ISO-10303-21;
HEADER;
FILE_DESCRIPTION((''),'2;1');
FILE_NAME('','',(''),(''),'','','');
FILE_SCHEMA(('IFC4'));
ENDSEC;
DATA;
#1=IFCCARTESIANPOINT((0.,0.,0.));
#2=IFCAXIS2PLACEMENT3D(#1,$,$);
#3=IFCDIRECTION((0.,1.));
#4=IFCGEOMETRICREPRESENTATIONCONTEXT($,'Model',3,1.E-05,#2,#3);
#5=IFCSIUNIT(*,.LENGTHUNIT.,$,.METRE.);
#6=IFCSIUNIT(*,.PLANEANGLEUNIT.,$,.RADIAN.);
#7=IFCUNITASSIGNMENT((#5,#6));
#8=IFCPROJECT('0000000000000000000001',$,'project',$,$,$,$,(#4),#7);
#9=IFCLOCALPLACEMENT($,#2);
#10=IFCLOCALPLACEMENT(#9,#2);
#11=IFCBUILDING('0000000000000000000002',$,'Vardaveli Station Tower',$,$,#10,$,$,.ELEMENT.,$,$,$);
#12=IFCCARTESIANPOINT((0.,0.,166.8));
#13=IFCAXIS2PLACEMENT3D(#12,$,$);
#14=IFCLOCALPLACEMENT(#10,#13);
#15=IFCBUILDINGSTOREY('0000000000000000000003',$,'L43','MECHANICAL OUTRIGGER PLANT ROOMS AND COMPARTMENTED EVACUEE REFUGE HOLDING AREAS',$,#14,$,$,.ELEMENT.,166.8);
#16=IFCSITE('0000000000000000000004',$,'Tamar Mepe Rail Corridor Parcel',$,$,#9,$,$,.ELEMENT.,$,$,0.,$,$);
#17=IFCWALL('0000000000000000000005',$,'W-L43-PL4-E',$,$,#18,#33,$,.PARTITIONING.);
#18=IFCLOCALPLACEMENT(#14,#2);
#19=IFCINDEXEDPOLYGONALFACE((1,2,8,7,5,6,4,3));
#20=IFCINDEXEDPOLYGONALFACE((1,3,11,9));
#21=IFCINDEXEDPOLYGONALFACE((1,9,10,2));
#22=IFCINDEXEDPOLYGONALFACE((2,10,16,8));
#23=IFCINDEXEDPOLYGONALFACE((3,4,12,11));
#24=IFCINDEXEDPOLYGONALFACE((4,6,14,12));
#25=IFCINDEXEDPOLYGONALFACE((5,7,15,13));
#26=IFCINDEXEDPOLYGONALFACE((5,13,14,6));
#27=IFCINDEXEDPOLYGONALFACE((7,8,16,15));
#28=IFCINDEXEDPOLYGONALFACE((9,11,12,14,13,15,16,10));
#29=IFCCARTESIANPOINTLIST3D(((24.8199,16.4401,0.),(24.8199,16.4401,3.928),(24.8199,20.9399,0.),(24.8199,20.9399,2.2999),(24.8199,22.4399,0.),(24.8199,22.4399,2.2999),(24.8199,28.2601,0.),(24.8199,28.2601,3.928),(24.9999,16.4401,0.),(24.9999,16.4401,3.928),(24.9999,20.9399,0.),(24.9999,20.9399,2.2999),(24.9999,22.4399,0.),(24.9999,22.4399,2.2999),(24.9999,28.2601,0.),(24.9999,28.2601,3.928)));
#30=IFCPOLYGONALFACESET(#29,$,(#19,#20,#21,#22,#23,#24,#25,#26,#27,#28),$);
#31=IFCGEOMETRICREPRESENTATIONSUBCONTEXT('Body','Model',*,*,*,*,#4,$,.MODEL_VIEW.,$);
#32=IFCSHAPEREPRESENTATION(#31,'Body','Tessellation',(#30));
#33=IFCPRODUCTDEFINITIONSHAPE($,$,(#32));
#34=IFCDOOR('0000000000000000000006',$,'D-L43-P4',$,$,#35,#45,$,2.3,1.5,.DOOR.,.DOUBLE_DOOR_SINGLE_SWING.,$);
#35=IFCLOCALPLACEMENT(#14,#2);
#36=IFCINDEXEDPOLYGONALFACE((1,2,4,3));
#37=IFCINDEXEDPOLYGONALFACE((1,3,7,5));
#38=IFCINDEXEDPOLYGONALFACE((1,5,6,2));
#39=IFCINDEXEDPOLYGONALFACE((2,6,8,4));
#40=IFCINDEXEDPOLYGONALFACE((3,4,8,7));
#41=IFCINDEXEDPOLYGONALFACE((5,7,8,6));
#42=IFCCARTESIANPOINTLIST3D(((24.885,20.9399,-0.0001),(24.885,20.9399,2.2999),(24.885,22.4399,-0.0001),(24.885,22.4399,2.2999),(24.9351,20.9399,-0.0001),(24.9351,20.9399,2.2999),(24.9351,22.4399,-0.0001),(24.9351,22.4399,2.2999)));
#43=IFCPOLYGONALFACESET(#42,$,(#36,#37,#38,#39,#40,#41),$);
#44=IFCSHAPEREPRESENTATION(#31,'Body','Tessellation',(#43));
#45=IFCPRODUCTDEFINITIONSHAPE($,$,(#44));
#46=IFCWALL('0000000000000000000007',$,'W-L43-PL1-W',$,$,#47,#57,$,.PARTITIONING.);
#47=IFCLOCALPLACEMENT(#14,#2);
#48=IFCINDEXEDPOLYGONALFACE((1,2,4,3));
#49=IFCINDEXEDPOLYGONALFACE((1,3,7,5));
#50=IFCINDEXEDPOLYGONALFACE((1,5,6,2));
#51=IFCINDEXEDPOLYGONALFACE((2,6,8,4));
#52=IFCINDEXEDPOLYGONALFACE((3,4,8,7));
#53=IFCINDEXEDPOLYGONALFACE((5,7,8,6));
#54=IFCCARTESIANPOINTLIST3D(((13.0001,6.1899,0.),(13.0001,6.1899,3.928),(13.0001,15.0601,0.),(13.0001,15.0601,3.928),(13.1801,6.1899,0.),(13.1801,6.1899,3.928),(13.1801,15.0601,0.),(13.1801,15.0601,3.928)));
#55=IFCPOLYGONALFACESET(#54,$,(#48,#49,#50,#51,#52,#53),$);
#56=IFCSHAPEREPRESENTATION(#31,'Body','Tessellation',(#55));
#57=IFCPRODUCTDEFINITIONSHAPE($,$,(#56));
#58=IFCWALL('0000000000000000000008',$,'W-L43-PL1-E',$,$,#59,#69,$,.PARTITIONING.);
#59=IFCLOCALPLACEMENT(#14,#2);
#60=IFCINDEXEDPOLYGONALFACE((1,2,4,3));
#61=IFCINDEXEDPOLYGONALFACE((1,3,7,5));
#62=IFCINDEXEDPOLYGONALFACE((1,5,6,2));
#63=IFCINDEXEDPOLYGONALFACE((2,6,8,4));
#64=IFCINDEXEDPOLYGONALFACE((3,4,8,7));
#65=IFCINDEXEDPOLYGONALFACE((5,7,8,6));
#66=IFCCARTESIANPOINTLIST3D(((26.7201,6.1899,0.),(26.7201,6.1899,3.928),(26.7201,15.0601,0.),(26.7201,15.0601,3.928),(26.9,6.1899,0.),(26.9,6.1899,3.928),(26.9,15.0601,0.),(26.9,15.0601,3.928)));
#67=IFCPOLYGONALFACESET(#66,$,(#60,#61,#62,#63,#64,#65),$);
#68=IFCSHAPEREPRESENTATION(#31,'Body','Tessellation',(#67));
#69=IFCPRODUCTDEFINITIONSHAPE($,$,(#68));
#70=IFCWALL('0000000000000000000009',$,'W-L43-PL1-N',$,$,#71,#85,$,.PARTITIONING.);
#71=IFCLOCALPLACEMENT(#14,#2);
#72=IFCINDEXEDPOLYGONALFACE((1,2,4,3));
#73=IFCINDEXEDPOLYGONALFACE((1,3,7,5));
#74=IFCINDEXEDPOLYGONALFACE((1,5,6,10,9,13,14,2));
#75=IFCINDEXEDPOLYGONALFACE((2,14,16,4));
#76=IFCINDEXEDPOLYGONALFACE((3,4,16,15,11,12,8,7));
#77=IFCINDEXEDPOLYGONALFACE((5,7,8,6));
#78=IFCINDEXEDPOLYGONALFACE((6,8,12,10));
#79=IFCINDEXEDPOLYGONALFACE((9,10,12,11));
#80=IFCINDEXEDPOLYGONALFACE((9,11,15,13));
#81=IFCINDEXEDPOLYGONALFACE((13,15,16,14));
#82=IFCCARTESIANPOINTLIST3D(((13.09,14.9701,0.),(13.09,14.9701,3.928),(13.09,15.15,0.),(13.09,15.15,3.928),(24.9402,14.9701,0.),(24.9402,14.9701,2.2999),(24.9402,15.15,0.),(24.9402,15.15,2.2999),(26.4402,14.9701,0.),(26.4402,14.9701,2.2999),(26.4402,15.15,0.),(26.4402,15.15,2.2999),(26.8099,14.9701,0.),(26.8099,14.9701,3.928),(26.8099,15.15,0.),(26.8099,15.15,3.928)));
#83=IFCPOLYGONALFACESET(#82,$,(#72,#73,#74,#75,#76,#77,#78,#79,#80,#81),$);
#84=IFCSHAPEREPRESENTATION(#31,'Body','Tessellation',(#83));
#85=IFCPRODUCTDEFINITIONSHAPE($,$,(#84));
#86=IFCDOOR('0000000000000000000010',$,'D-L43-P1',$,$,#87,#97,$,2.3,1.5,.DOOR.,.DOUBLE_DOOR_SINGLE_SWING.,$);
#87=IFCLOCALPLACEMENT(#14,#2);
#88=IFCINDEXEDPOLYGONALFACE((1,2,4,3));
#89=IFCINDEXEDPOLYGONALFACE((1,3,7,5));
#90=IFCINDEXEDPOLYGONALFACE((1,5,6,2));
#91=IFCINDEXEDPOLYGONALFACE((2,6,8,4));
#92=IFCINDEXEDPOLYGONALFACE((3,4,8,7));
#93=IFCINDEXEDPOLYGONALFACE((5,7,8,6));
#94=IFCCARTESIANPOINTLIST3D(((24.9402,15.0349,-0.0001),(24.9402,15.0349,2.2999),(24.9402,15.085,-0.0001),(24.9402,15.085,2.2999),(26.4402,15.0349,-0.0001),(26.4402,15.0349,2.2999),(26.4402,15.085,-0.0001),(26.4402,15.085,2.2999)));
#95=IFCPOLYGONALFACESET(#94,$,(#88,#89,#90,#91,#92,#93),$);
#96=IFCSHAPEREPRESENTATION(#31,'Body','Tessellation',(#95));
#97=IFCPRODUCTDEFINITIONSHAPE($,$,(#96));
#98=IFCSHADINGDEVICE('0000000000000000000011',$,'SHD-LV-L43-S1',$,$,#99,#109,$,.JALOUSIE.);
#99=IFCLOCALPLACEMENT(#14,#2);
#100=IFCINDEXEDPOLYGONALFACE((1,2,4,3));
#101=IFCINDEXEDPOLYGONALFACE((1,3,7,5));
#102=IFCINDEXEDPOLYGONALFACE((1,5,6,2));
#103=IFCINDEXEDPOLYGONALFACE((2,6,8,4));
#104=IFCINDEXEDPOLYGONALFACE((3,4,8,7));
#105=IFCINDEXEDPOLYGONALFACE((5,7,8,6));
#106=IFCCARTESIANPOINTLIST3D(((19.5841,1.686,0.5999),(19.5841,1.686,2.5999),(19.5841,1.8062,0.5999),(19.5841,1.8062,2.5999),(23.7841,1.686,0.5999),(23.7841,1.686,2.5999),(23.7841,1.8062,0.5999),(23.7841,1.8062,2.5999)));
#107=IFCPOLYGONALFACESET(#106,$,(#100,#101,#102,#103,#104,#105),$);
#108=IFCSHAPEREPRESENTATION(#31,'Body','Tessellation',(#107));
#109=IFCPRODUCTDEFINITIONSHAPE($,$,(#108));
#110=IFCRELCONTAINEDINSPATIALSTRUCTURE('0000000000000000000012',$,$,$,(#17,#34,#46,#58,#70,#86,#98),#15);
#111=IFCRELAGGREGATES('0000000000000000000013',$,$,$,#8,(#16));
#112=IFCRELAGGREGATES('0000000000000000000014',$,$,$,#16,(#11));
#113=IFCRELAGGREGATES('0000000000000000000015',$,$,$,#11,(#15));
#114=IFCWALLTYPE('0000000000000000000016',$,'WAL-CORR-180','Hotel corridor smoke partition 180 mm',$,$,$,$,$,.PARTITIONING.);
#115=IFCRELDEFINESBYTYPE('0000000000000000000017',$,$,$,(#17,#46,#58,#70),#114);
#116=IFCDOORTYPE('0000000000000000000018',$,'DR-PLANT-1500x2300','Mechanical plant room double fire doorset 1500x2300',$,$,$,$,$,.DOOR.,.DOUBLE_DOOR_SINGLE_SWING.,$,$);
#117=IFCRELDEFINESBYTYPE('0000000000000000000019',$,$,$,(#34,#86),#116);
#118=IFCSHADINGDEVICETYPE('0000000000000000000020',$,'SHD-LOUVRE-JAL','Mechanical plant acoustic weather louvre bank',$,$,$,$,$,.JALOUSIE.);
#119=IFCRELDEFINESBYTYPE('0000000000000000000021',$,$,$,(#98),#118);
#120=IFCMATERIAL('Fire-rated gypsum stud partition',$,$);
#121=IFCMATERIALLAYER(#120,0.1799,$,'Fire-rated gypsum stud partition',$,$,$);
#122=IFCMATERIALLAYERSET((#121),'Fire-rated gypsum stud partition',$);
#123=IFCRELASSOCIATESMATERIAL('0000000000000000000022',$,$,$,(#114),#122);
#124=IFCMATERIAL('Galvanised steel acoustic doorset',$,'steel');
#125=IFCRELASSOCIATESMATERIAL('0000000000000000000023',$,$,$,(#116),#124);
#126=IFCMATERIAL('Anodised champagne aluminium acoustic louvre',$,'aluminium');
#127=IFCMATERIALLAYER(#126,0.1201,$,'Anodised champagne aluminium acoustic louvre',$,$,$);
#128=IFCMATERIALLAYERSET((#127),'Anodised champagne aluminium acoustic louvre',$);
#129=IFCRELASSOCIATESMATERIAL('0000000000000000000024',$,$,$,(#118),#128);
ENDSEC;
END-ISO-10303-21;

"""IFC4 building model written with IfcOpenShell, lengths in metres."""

from ifc_helpers import new_model, si_unit, direction, frame, frame_2d, origin, origin_2d, place, context, subcontext, project, spatial, rectangle, extrude, source, transform, mapped, material, layer, layer_set, type_object, element, fill, save


model = new_model("IFC4")

# Units and contexts
model_context = context("Model", 3, precision=1e-05, world=origin(), true_north=direction((0.0, 1.0)))
body_context = subcontext(model_context, "Body", "Model", "MODEL_VIEW")
ifc_project = project(units=[si_unit("LENGTHUNIT", "METRE"), si_unit("PLANEANGLEUNIT", "RADIAN")], contexts=[model_context])

# Site, building, storey
site_placement = place(None, origin())
site = spatial("IfcSite", under=ifc_project, at=site_placement, Name="Tamar Mepe Rail Corridor Parcel", CompositionType="ELEMENT", RefElevation=0.0)
building_placement = place(site_placement, origin())
building = spatial("IfcBuilding", under=site, at=building_placement, Name="Vardaveli Station Tower", CompositionType="ELEMENT")
storey_placement = place(building_placement, frame((0.0, 0.0, 166.8)))
storey = spatial("IfcBuildingStorey", under=building, at=storey_placement, Name="L43", Description="MECHANICAL OUTRIGGER PLANT ROOMS AND COMPARTMENTED EVACUEE REFUGE HOLDING AREAS", CompositionType="ELEMENT", Elevation=166.8)

# Wall, opening, door
ifc_material_1 = material(Name="Fire-rated gypsum stud partition")
ifc_layer_1 = layer(ifc_material_1, 0.1799, Name="Fire-rated gypsum stud partition")
ifc_layer_set_1 = layer_set([ifc_layer_1], Name="Fire-rated gypsum stud partition")
wall_type = type_object("IfcWallType", Name="WAL-CORR-180", Description="Hotel corridor smoke partition 180 mm", PredefinedType="PARTITIONING", material=ifc_layer_set_1)
shared_shape_1 = source(origin(), body_context, "Body", "SweptSolid", [
    extrude(rectangle(XDim=11.8201, YDim=0.1799, at=frame_2d((5.9102, 0.0))), origin(), (0.0, 0.0, 1.0), 3.928),
])
wall_1_placement = place(storey_placement, frame((24.9099, 16.4399, 0.0), z_axis=(0.0, 0.0, 1.0), x_axis=(0.0, 1.0, 0.0)))
wall_1 = element("IfcWall", 1, at=wall_1_placement, inside=storey, type_object=wall_type, Name="W-L43-PL4-E", PredefinedType="PARTITIONING", context=body_context, shape_type="MappedRepresentation", body=[
    mapped(shared_shape_1, transform((0.0, 0.0, 0.0), scale=1.0)),
])
shared_shape_2 = source(origin(), body_context, "Body", "SweptSolid", [
    extrude(rectangle(XDim=1.5, YDim=2.3, at=frame_2d((0.75, 1.1499))), frame((0.0, 0.1001, 0.0), z_axis=(0.0, -1.0, 0.0), x_axis=(1.0, 0.0, 0.0)), (0.0, 0.0, 1.0), 0.2),
])
opening_1_placement = place(wall_1_placement, frame((4.5, 0.0, 0.0)))
opening_1 = element("IfcOpeningElement", 2, at=opening_1_placement, cuts=wall_1, PredefinedType="OPENING", context=body_context, shape_type="MappedRepresentation", body=[
    mapped(shared_shape_2, transform((0.0, 0.0, 0.0), scale=1.0)),
])
ifc_material_2 = material(Name="Galvanised steel acoustic doorset", Category="steel")
door_type = type_object("IfcDoorType", Name="DR-PLANT-1500x2300", Description="Mechanical plant room double fire doorset 1500x2300", OperationType="DOUBLE_DOOR_SINGLE_SWING", PredefinedType="DOOR", material=ifc_material_2)
shared_shape_3 = source(origin(), body_context, "Body", "SweptSolid", [
    extrude(rectangle(XDim=1.5, YDim=2.3, at=frame_2d((0.75, 1.1499))), frame((0.0, 0.0249, 0.0), z_axis=(0.0, -1.0, 0.0), x_axis=(1.0, 0.0, 0.0)), (0.0, 0.0, 1.0), 0.05),
])
door_1_placement = place(opening_1_placement, origin())
door_1 = element("IfcDoor", 3, at=door_1_placement, inside=storey, type_object=door_type, Name="D-L43-P4", OperationType="DOUBLE_DOOR_SINGLE_SWING", OverallHeight=2.3, OverallWidth=1.5, PredefinedType="DOOR", context=body_context, shape_type="MappedRepresentation", body=[
    mapped(shared_shape_3, transform((0.0, 0.0, 0.0), scale=1.0)),
])
fill(opening_1, door_1)

# Walls
shared_shape_4 = source(origin(), body_context, "Body", "SweptSolid", [
    extrude(rectangle(XDim=8.8701, YDim=0.1799, at=frame_2d((4.4351, 0.0))), origin(), (0.0, 0.0, 1.0), 3.928),
])
for number, where, z_axis, x_axis, name in (
    (4, (13.0901, 6.1899, 0.0), (0.0, 0.0, 1.0), (0.0, 1.0, 0.0), "W-L43-PL1-W"),
    (5, (26.8101, 6.1899, 0.0), (0.0, 0.0, 1.0), (0.0, 1.0, 0.0), "W-L43-PL1-E"),
):
    element("IfcWall", number, at=place(storey_placement, frame(where, z_axis=z_axis, x_axis=x_axis)), inside=storey, type_object=wall_type, Name=name, PredefinedType="PARTITIONING", context=body_context, shape_type="MappedRepresentation", body=[
        mapped(shared_shape_4, transform((0.0, 0.0, 0.0), scale=1.0)),
    ])

# Wall, opening, door
shared_shape_5 = source(origin(), body_context, "Body", "SweptSolid", [
    extrude(rectangle(XDim=13.72, YDim=0.1799, at=frame_2d((6.8599, 0.0))), origin(), (0.0, 0.0, 1.0), 3.928),
])
wall_2_placement = place(storey_placement, frame((13.0901, 15.0601, 0.0), z_axis=(0.0, 0.0, 1.0), x_axis=(1.0, 0.0, 0.0)))
wall_2 = element("IfcWall", 6, at=wall_2_placement, inside=storey, type_object=wall_type, Name="W-L43-PL1-N", PredefinedType="PARTITIONING", context=body_context, shape_type="MappedRepresentation", body=[
    mapped(shared_shape_5, transform((0.0, 0.0, 0.0), scale=1.0)),
])
opening_2_placement = place(wall_2_placement, frame((11.8501, 0.0, 0.0)))
opening_2 = element("IfcOpeningElement", 7, at=opening_2_placement, cuts=wall_2, PredefinedType="OPENING", context=body_context, shape_type="MappedRepresentation", body=[
    mapped(shared_shape_2, transform((0.0, 0.0, 0.0), scale=1.0)),
])
door_2_placement = place(opening_2_placement, origin())
door_2 = element("IfcDoor", 8, at=door_2_placement, inside=storey, type_object=door_type, Name="D-L43-P1", OperationType="DOUBLE_DOOR_SINGLE_SWING", OverallHeight=2.3, OverallWidth=1.5, PredefinedType="DOOR", context=body_context, shape_type="MappedRepresentation", body=[
    mapped(shared_shape_3, transform((0.0, 0.0, 0.0), scale=1.0)),
])
fill(opening_2, door_2)

# Shading device
ifc_material_3 = material(Name="Anodised champagne aluminium acoustic louvre", Category="aluminium")
ifc_layer_2 = layer(ifc_material_3, 0.1201, Name="Anodised champagne aluminium acoustic louvre")
ifc_layer_set_2 = layer_set([ifc_layer_2], Name="Anodised champagne aluminium acoustic louvre")
shading_device_type = type_object("IfcShadingDeviceType", Name="SHD-LOUVRE-JAL", Description="Mechanical plant acoustic weather louvre bank", PredefinedType="JALOUSIE", material=ifc_layer_set_2)
shared_shape_6 = source(origin(), body_context, "Body", "SweptSolid", [
    extrude(rectangle(XDim=4.2, YDim=0.1201, at=origin_2d()), origin(), (0.0, 0.0, 1.0), 2.0),
])
shading_device_placement = place(storey_placement, frame((21.6841, 1.7461, 0.5999), z_axis=(0.0, 0.0, 1.0), x_axis=(1.0, 0.0, 0.0)))
element("IfcShadingDevice", 9, at=shading_device_placement, inside=storey, type_object=shading_device_type, Name="SHD-LV-L43-S1", PredefinedType="JALOUSIE", context=body_context, shape_type="MappedRepresentation", body=[
    mapped(shared_shape_6, transform((0.0, 0.0, 0.0), scale=1.0)),
])

save(model, "model.ifc")
